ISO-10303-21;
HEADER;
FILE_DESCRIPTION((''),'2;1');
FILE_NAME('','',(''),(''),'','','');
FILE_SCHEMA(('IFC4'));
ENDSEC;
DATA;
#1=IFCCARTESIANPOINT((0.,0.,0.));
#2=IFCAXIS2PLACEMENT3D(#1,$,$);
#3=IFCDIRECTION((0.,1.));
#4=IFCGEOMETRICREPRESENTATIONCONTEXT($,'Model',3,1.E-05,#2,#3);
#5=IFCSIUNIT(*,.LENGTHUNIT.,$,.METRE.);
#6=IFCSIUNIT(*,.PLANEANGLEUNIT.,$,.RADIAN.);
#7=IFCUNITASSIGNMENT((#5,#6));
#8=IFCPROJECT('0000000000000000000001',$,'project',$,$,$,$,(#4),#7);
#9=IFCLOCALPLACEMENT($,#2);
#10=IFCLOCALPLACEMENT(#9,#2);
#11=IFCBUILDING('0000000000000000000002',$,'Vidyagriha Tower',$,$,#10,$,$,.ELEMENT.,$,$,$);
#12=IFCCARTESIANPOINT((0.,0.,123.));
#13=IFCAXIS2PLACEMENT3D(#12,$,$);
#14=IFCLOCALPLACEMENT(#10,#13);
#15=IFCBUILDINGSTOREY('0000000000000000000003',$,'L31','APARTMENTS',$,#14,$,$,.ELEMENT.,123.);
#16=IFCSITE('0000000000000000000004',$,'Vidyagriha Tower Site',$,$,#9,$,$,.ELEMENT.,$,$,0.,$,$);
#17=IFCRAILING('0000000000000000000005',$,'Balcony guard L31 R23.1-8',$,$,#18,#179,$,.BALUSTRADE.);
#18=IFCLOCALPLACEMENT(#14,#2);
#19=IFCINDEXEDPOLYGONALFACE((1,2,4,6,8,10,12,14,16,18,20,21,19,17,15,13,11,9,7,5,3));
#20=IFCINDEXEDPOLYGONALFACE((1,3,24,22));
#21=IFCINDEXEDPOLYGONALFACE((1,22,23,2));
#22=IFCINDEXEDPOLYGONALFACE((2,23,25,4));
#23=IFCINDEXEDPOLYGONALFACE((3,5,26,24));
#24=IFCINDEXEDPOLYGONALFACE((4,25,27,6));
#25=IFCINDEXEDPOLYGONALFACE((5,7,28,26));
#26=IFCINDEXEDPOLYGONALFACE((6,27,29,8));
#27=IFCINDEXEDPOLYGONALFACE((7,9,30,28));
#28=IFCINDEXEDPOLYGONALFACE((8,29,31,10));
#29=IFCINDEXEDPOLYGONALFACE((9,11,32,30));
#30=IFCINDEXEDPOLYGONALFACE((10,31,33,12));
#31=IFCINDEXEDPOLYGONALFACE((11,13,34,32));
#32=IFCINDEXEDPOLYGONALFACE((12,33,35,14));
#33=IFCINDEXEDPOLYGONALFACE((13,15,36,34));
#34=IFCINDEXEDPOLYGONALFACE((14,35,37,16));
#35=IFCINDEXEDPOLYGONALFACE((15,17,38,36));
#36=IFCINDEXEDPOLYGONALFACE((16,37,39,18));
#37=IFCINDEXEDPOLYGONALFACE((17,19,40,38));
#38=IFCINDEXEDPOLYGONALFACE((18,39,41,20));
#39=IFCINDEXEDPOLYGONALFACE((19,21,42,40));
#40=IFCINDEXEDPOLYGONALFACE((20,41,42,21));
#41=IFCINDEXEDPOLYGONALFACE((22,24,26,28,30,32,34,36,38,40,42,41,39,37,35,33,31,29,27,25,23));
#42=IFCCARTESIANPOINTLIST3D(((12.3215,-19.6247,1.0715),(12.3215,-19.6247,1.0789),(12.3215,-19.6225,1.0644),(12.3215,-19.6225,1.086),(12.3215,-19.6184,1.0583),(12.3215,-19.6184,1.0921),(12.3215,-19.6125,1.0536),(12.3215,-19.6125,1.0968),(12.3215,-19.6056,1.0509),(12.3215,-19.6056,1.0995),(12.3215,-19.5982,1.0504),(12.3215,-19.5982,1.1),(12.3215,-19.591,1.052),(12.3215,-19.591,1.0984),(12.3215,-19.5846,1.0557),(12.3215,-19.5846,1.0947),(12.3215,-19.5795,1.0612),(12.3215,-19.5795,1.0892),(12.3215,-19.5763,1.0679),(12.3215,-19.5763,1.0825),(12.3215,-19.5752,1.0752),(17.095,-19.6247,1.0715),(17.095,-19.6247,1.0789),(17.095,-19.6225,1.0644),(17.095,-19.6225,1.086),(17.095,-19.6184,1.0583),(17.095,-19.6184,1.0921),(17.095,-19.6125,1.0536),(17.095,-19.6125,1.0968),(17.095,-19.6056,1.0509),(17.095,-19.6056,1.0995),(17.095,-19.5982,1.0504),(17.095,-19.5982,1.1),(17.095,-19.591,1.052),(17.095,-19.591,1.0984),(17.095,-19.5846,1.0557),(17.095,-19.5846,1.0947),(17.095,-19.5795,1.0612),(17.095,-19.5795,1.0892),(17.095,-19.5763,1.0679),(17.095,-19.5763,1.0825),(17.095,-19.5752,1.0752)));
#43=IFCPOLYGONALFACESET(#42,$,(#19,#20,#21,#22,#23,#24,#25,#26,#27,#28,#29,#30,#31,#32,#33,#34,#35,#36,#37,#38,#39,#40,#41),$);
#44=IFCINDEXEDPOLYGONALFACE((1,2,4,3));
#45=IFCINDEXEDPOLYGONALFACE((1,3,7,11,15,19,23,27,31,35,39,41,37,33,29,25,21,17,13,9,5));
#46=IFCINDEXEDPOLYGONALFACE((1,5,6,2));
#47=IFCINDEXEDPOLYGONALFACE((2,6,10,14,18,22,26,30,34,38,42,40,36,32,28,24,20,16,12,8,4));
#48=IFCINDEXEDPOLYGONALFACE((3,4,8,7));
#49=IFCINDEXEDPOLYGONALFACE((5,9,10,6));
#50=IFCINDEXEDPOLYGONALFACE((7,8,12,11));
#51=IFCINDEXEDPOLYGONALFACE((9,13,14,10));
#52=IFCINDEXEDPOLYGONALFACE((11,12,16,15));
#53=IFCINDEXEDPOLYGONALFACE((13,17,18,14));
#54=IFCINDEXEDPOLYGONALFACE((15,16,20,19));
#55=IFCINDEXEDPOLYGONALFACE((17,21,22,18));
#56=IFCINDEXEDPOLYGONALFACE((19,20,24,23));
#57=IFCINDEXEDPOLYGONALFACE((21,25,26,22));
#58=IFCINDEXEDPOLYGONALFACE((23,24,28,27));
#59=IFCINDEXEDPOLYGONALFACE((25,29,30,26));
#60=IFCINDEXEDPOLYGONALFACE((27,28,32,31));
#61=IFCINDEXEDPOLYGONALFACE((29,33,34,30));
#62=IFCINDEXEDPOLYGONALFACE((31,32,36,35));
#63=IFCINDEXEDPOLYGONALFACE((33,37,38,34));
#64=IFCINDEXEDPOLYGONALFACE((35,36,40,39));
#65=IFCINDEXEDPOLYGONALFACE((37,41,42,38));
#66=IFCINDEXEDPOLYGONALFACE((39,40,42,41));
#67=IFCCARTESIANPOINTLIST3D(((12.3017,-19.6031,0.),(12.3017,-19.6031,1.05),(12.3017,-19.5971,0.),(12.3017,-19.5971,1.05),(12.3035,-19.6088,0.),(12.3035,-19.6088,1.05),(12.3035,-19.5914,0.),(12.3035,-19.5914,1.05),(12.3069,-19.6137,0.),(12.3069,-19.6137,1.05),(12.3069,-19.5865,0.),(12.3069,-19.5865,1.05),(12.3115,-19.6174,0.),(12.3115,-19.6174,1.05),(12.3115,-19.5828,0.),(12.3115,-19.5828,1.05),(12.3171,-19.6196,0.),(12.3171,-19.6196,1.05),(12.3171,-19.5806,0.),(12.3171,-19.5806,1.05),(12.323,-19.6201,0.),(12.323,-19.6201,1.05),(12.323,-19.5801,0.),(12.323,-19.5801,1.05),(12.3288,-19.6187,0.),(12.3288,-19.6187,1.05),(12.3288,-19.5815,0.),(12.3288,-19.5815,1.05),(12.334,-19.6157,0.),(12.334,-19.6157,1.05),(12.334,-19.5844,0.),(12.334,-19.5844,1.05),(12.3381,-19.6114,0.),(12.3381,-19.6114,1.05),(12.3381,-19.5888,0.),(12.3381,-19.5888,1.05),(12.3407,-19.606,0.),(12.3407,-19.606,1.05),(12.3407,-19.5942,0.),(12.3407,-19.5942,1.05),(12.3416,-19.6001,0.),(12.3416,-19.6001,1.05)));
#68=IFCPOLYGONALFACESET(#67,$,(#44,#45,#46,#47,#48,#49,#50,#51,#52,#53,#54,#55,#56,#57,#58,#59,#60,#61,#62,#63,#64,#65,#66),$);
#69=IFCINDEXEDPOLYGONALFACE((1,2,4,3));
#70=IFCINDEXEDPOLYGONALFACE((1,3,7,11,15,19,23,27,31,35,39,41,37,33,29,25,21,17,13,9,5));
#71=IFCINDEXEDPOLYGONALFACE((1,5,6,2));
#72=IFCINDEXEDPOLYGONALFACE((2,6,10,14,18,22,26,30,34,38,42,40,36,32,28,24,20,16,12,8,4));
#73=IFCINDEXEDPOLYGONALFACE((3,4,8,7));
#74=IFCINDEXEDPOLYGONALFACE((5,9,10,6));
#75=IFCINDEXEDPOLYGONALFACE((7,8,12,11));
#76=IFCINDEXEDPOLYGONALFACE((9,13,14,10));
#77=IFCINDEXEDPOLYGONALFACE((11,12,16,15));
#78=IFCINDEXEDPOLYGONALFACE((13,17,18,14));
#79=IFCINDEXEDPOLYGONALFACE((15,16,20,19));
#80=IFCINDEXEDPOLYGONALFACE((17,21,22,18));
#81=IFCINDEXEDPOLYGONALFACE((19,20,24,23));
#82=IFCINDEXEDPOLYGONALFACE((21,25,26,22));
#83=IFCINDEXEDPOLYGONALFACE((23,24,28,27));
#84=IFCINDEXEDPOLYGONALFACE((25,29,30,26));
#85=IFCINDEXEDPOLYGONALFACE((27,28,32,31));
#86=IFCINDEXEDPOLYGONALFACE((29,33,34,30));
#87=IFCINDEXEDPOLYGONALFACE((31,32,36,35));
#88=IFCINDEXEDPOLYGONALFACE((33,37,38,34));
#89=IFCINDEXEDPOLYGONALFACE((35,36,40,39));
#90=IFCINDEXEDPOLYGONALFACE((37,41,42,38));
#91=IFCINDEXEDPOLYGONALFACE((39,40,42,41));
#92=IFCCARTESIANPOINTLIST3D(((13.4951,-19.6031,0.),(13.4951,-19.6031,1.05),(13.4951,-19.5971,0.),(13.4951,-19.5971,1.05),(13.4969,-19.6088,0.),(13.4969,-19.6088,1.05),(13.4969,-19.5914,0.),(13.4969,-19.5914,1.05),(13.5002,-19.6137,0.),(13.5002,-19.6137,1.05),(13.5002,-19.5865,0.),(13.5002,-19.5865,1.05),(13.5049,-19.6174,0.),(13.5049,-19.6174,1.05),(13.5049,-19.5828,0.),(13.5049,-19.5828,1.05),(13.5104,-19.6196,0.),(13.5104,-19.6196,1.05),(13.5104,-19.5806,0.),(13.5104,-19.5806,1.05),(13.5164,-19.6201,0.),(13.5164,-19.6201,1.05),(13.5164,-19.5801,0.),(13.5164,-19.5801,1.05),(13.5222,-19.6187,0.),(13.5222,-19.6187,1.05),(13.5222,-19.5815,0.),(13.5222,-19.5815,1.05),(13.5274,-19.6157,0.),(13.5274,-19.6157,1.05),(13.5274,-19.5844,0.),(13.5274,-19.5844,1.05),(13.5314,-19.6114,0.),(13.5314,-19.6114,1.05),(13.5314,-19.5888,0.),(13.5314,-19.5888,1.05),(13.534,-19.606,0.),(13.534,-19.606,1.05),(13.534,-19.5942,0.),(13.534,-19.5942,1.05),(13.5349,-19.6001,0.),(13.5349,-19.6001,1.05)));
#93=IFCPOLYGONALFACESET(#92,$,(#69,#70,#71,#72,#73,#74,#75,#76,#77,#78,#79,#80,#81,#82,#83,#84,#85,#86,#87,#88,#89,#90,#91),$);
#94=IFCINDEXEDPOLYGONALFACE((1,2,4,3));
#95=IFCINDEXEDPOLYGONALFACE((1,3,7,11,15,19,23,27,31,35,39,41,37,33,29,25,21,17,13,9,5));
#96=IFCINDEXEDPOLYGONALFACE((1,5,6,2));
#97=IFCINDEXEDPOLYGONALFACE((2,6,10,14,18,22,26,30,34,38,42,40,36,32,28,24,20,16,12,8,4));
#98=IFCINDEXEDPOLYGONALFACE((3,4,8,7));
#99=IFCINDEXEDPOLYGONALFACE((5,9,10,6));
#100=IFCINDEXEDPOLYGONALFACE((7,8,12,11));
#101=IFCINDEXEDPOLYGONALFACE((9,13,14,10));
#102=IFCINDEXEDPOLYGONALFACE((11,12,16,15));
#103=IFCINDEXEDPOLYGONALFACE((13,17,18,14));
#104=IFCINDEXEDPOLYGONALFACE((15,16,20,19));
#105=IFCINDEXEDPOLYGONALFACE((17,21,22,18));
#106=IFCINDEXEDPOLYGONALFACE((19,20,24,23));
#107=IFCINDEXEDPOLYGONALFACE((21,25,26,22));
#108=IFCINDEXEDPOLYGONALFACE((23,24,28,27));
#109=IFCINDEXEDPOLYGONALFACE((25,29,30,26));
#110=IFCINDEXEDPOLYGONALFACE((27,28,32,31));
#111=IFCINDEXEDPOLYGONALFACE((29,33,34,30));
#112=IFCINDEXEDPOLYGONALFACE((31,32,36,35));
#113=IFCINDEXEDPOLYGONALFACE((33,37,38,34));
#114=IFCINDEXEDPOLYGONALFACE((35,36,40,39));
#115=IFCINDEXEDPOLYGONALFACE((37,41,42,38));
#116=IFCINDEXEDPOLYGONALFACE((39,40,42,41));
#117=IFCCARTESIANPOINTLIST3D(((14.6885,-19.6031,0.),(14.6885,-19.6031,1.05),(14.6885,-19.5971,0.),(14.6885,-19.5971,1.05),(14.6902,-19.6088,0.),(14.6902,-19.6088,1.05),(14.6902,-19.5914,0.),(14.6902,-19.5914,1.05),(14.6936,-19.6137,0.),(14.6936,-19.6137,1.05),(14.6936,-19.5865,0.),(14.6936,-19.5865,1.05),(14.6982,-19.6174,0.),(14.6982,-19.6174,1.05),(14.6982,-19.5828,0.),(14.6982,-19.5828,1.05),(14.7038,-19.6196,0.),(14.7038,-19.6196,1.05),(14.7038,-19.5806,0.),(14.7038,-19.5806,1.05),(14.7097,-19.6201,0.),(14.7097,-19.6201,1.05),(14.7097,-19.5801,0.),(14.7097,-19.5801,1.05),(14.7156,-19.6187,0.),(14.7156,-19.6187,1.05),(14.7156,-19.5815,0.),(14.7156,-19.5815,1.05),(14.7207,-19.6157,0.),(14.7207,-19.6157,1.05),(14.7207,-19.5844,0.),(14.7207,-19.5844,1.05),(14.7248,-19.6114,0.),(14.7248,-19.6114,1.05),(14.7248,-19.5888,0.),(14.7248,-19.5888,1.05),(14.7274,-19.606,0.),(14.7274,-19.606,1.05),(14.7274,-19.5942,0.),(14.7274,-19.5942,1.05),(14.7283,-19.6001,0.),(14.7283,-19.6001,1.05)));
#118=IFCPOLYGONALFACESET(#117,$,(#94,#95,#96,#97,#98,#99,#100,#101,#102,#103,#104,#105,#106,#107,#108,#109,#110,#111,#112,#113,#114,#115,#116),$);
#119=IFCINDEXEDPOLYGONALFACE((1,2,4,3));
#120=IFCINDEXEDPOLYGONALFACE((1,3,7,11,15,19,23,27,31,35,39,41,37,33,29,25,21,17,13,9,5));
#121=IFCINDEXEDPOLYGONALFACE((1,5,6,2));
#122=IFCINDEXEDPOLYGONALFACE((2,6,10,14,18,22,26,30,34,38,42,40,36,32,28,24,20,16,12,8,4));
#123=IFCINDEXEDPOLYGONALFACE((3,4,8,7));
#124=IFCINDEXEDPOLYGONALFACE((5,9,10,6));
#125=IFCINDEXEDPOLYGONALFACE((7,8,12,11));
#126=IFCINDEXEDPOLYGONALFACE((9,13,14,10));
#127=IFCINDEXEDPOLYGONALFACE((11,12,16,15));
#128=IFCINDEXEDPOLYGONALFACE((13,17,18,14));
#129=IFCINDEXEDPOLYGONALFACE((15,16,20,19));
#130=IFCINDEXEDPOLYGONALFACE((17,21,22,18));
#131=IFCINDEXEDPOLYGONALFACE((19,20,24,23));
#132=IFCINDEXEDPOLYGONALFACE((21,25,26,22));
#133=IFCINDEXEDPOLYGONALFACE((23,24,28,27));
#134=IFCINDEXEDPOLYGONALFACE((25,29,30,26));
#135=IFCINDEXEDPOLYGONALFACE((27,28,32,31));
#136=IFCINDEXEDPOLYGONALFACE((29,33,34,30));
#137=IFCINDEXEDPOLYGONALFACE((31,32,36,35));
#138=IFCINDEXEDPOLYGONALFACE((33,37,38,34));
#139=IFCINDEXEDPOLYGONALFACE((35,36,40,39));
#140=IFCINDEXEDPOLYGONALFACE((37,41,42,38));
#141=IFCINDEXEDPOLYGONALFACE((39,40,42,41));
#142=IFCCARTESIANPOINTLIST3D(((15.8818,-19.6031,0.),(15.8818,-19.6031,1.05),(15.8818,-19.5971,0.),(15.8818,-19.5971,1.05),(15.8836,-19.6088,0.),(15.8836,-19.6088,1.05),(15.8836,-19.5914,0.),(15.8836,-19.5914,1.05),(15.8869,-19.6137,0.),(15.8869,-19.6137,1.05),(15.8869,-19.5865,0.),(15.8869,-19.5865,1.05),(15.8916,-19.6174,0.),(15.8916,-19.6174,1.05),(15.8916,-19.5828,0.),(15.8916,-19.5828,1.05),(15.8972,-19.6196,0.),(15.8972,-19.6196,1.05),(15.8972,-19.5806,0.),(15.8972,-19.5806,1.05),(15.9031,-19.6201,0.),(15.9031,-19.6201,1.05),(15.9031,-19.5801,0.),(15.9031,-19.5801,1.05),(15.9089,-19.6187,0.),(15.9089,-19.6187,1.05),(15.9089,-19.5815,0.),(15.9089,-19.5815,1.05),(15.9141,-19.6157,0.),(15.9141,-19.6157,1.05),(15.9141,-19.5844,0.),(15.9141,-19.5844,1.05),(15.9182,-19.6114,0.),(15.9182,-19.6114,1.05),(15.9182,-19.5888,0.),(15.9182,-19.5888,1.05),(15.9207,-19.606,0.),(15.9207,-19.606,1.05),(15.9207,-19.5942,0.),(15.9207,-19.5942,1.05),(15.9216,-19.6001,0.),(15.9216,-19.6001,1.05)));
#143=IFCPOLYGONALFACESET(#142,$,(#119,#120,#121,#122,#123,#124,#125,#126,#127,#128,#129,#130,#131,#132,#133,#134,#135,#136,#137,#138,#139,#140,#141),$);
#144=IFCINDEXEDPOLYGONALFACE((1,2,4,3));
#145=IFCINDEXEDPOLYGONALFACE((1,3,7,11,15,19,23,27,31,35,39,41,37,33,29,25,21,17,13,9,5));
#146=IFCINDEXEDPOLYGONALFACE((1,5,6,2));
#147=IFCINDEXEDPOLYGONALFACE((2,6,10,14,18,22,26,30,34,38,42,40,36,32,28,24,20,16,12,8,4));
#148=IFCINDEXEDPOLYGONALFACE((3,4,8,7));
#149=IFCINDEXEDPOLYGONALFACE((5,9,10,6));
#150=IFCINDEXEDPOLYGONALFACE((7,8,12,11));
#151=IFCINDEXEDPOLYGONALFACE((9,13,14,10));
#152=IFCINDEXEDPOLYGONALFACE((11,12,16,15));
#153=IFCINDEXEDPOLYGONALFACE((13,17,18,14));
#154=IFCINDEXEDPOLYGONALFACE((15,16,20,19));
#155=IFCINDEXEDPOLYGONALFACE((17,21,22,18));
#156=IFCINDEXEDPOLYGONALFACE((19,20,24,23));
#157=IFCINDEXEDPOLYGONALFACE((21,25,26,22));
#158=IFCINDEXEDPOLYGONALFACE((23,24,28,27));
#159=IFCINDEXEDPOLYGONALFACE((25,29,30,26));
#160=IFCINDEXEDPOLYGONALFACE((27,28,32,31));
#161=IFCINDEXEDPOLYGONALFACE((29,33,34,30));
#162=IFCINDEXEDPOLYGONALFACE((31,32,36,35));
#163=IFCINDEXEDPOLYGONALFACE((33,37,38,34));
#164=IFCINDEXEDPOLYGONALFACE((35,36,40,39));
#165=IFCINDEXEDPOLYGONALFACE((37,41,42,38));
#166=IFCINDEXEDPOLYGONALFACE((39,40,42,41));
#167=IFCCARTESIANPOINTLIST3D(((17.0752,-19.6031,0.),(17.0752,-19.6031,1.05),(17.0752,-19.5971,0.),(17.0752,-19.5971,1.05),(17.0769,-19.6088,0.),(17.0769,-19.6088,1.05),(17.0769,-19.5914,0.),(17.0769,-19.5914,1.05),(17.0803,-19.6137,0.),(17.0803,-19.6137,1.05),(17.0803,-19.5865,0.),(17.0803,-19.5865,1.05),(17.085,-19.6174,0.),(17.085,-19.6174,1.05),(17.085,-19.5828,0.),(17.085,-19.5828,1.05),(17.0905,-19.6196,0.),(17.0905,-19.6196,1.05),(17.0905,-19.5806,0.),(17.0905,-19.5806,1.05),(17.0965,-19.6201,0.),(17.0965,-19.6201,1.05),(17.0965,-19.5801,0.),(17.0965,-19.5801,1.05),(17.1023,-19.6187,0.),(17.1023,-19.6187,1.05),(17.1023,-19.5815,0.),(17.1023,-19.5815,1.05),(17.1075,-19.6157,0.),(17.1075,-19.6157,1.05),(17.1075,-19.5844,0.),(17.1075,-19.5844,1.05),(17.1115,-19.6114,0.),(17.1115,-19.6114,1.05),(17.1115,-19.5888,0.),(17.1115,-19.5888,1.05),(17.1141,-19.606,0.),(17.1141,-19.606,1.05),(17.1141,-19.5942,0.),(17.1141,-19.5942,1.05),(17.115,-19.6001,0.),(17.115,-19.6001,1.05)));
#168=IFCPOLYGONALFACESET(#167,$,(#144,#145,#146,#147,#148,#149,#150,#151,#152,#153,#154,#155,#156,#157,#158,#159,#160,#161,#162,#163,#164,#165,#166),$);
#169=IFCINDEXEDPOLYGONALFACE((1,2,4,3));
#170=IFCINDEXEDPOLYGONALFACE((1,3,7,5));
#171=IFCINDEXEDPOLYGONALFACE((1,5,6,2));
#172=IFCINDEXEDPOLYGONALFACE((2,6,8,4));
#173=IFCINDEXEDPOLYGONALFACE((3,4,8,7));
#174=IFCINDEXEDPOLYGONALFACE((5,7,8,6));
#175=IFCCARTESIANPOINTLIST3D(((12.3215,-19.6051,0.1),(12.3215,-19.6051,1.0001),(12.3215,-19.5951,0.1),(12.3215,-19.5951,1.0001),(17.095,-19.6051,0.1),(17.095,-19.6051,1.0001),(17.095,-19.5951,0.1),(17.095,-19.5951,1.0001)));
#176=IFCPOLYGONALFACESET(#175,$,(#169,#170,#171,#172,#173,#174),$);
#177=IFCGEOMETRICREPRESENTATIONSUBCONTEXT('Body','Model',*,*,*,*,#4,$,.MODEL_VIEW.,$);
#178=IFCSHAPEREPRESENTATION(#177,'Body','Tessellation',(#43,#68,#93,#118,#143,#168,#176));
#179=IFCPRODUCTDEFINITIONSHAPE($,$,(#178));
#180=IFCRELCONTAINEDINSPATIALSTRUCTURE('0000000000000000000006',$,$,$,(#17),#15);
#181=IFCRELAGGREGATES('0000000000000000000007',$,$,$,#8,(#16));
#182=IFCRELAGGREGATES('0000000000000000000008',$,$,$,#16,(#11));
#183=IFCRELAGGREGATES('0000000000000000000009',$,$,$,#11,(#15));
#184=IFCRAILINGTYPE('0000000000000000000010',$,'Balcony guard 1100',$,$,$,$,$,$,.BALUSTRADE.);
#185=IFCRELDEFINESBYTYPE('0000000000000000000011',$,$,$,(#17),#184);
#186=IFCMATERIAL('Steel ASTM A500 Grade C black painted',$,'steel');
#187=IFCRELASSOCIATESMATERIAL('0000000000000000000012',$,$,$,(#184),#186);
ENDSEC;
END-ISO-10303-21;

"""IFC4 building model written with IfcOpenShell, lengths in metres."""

from ifc_helpers import new_model, si_unit, direction, frame, origin, origin_2d, place, context, subcontext, project, spatial, rectangle, circle, extrude, material, type_object, element, save


model = new_model("IFC4")

# Units and contexts
model_context = context("Model", 3, precision=1e-05, world=origin(), true_north=direction((0.0, 1.0)))
body_context = subcontext(model_context, "Body", "Model", "MODEL_VIEW")
ifc_project = project(units=[si_unit("LENGTHUNIT", "METRE"), si_unit("PLANEANGLEUNIT", "RADIAN")], contexts=[model_context])

# Site, building, storey
site_placement = place(None, origin())
site = spatial("IfcSite", under=ifc_project, at=site_placement, Name="Vidyagriha Tower Site", CompositionType="ELEMENT", RefElevation=0.0)
building_placement = place(site_placement, origin())
building = spatial("IfcBuilding", under=site, at=building_placement, Name="Vidyagriha Tower", CompositionType="ELEMENT")
storey_placement = place(building_placement, frame((0.0, 0.0, 123.0)))
storey = spatial("IfcBuildingStorey", under=building, at=storey_placement, Name="L31", Description="APARTMENTS", CompositionType="ELEMENT", Elevation=123.0)

# Railing
ifc_material_1 = material(Name="Steel ASTM A500 Grade C black painted", Category="steel")
railing_type = type_object("IfcRailingType", Name="Balcony guard 1100", PredefinedType="BALUSTRADE", material=ifc_material_1)
railing_1_placement = place(storey_placement, frame((12.3215, -19.6001, 0.0)))
element("IfcRailing", 1, at=railing_1_placement, inside=storey, type_object=railing_type, Name="Balcony guard L31 R23.1-8", PredefinedType="BALUSTRADE", context=body_context, shape_type="SweptSolid", body=[
    extrude(circle(Radius=0.0249, at=origin_2d()), frame((0.0, 0.0, 1.0752), z_axis=(1.0, 0.0, 0.0), x_axis=(0.0, 1.0, 0.0)), (0.0, 0.0, 1.0), 4.7734),
    extrude(circle(Radius=0.02, at=origin_2d()), origin(), (0.0, 0.0, 1.0), 1.05),
    extrude(circle(Radius=0.02, at=origin_2d()), frame((1.1934, 0.0, 0.0)), (0.0, 0.0, 1.0), 1.05),
    extrude(circle(Radius=0.02, at=origin_2d()), frame((2.3867, 0.0, 0.0)), (0.0, 0.0, 1.0), 1.05),
    extrude(circle(Radius=0.02, at=origin_2d()), frame((3.5801, 0.0, 0.0)), (0.0, 0.0, 1.0), 1.05),
    extrude(circle(Radius=0.02, at=origin_2d()), frame((4.7734, 0.0, 0.0)), (0.0, 0.0, 1.0), 1.05),
    extrude(rectangle(XDim=0.01, YDim=0.9001, at=origin_2d()), frame((0.0, 0.0, 0.55), z_axis=(1.0, 0.0, 0.0), x_axis=(0.0, 1.0, 0.0)), (0.0, 0.0, 1.0), 4.7734),
])

save(model, "model.ifc")
